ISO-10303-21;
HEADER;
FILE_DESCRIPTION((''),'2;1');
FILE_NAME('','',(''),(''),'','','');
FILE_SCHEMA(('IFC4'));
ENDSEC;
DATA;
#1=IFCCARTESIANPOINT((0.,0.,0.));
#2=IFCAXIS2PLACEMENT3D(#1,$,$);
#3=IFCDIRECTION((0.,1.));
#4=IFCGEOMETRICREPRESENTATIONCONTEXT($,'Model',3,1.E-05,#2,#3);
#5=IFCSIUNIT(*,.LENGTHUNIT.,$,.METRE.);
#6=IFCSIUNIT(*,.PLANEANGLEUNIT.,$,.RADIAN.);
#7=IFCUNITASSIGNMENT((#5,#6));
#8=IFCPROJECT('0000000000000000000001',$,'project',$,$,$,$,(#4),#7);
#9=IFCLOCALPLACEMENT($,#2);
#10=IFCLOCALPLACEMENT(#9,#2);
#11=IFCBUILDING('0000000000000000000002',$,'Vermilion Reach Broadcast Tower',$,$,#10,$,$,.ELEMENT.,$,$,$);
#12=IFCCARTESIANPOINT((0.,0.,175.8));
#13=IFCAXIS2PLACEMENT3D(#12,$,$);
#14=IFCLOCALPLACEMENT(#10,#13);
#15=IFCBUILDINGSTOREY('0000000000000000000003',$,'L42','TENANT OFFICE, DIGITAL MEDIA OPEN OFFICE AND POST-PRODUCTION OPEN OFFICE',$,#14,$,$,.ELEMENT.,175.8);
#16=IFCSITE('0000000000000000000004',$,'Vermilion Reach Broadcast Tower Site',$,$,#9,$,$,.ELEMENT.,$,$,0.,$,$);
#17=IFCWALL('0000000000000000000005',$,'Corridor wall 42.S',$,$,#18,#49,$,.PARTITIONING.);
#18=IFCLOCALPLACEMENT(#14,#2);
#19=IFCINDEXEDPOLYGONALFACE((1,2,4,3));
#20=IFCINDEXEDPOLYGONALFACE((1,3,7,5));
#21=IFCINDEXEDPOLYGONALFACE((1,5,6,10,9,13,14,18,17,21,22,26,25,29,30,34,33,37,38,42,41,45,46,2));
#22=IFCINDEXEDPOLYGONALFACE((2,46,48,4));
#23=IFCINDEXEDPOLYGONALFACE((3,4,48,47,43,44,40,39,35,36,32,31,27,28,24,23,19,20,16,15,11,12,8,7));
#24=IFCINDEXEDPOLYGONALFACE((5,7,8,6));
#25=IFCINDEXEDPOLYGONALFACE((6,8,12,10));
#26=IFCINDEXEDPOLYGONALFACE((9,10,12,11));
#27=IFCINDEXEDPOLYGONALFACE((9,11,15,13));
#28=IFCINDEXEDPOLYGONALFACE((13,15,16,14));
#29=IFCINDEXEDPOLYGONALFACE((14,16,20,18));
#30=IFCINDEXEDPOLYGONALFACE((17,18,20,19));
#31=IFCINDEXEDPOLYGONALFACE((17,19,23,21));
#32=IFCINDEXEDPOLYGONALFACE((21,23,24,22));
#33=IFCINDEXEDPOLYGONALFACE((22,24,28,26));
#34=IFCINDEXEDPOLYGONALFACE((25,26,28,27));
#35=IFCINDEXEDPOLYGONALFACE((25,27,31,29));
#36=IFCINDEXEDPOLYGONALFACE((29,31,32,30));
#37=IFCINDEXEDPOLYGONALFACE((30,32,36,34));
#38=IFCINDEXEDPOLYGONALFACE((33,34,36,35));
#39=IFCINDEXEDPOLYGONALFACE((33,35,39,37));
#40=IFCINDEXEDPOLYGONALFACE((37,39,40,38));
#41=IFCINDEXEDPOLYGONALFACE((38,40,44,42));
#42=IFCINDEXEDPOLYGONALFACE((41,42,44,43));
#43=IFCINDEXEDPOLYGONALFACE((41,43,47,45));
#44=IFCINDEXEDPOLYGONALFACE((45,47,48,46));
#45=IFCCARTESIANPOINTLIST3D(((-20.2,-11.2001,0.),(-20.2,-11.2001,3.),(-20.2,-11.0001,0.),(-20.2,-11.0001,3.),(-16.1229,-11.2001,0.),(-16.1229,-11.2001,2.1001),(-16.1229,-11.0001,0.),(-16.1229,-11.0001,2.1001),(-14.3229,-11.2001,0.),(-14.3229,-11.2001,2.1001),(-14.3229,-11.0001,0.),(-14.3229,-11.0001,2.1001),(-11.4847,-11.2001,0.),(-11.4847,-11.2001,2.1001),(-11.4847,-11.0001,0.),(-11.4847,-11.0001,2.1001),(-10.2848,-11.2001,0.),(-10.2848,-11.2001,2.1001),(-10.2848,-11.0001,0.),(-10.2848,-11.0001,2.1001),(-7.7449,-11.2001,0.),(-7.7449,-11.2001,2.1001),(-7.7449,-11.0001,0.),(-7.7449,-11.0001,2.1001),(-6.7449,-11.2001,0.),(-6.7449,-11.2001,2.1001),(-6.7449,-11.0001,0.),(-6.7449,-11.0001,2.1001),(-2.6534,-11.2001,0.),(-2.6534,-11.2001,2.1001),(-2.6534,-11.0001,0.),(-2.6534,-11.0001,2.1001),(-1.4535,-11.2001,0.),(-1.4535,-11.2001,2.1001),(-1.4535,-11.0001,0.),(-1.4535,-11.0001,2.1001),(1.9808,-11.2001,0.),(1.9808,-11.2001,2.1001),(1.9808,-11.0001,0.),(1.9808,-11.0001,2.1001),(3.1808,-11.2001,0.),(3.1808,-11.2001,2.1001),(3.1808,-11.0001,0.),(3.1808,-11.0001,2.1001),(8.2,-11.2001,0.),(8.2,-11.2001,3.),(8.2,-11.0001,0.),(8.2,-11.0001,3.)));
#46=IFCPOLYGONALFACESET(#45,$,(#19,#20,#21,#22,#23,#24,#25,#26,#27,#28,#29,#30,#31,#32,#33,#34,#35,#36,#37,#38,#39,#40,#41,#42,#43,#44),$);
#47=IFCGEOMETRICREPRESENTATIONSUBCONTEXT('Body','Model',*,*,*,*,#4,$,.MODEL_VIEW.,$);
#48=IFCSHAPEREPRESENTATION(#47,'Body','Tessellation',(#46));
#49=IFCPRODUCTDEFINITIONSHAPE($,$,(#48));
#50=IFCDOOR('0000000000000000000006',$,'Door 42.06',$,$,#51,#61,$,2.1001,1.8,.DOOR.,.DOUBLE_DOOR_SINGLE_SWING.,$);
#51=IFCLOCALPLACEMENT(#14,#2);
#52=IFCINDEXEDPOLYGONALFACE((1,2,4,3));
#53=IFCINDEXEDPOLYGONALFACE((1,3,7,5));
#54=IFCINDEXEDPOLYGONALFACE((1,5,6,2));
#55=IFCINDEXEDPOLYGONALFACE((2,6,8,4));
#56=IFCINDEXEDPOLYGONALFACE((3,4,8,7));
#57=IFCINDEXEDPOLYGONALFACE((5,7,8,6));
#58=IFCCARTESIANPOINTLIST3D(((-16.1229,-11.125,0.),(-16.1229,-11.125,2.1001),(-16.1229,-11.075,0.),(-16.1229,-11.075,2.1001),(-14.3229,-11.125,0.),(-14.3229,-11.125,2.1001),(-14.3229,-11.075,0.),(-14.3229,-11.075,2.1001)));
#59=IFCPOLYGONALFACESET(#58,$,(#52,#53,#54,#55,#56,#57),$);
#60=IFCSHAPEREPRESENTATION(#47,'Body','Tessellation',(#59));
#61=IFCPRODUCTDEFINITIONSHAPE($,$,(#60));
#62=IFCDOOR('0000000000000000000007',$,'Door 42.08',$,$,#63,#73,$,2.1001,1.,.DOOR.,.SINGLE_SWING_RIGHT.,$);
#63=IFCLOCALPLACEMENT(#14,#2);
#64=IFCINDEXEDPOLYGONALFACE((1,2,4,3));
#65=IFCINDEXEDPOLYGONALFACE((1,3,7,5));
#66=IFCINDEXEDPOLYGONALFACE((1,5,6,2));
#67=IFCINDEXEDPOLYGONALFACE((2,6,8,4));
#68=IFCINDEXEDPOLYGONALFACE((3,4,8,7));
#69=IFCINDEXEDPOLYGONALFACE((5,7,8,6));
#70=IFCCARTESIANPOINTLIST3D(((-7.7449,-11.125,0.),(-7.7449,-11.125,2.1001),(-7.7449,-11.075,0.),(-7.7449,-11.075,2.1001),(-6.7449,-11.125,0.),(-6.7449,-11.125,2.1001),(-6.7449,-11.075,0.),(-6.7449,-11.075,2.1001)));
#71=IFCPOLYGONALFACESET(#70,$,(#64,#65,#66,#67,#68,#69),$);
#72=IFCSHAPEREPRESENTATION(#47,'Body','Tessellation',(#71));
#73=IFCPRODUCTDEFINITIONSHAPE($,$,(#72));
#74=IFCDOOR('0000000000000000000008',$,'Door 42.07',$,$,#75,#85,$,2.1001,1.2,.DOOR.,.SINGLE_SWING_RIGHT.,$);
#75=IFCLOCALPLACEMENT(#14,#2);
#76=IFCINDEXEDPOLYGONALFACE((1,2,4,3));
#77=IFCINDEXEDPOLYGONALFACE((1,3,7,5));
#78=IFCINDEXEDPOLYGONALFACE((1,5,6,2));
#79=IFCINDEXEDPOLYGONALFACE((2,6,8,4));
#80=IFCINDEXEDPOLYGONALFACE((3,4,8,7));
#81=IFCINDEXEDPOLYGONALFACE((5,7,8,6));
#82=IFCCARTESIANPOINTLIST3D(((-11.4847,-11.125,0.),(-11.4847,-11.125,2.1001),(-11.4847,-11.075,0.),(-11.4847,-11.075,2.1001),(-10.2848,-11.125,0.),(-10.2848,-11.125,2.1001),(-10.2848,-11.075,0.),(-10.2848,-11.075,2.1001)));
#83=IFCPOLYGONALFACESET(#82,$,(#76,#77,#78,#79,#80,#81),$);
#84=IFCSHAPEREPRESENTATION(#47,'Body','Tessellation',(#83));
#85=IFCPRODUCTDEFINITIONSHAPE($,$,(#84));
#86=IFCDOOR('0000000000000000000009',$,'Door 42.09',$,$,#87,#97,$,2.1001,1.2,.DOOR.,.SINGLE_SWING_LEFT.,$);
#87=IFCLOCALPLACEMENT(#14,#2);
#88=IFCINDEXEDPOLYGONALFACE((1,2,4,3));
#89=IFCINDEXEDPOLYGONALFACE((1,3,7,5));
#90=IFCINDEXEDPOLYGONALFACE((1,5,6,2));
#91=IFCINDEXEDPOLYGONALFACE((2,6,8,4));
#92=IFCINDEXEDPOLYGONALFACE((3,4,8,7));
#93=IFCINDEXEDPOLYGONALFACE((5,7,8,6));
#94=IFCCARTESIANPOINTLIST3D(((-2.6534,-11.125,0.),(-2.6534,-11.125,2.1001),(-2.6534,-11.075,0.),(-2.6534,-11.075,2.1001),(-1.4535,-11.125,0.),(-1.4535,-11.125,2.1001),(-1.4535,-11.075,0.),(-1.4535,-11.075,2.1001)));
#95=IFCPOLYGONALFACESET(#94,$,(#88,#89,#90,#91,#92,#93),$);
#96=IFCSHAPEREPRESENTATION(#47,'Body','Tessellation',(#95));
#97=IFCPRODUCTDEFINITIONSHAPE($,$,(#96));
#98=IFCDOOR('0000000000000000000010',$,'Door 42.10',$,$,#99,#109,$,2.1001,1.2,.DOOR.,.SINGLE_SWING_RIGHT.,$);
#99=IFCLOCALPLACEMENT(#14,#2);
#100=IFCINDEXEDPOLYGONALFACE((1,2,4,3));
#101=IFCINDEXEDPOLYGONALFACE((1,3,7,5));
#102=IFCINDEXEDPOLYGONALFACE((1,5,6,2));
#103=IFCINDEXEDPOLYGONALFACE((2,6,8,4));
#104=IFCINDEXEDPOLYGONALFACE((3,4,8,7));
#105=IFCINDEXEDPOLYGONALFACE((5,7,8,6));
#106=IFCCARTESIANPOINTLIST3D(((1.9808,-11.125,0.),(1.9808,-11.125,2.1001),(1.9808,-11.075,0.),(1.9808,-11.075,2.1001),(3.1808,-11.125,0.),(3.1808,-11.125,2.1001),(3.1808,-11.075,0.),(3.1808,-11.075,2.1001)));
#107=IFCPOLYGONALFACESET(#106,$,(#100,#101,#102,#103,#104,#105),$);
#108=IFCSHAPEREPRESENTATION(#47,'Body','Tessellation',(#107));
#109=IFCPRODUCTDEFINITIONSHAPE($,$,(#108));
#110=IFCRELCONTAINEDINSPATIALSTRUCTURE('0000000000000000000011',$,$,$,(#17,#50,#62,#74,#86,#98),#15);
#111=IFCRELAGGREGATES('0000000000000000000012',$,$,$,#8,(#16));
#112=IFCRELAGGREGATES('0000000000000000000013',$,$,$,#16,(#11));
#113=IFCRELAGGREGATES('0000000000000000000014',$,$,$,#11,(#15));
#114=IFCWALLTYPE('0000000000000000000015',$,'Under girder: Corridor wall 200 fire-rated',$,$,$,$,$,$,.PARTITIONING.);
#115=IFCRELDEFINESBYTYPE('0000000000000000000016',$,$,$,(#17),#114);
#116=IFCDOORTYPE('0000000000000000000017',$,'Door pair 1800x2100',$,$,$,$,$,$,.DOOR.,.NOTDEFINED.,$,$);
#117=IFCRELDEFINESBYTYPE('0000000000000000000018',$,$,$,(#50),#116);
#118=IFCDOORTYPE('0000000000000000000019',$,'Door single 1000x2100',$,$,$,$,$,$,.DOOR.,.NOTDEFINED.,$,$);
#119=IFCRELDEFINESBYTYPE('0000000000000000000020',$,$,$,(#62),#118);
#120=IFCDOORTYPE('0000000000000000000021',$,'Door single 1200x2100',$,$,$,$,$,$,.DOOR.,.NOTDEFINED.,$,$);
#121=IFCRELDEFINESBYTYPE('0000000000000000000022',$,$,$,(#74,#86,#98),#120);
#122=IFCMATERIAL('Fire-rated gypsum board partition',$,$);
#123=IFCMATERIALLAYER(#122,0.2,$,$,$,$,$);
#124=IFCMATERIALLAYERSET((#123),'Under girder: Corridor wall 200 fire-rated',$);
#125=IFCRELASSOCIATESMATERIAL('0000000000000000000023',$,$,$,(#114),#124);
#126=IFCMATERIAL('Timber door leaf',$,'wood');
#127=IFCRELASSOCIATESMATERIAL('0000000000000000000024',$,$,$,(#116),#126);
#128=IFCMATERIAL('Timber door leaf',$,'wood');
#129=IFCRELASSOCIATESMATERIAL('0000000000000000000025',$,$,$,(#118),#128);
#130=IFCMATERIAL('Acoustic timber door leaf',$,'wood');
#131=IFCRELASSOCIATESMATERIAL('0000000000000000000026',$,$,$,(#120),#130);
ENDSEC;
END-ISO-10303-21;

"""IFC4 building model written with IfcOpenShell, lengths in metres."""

from ifc_helpers import new_model, si_unit, direction, frame, frame_2d, origin, place, context, subcontext, project, spatial, rectangle, extrude, material, layer, layer_set, type_object, element, fill, save


model = new_model("IFC4")

# Units and contexts
model_context = context("Model", 3, precision=1e-05, world=origin(), true_north=direction((0.0, 1.0)))
body_context = subcontext(model_context, "Body", "Model", "MODEL_VIEW")
ifc_project = project(units=[si_unit("LENGTHUNIT", "METRE"), si_unit("PLANEANGLEUNIT", "RADIAN")], contexts=[model_context])

# Site, building, storey
site_placement = place(None, origin())
site = spatial("IfcSite", under=ifc_project, at=site_placement, Name="Vermilion Reach Broadcast Tower Site", CompositionType="ELEMENT", RefElevation=0.0)
building_placement = place(site_placement, origin())
building = spatial("IfcBuilding", under=site, at=building_placement, Name="Vermilion Reach Broadcast Tower", CompositionType="ELEMENT")
storey_placement = place(building_placement, frame((0.0, 0.0, 175.8)))
storey = spatial("IfcBuildingStorey", under=building, at=storey_placement, Name="L42", Description="TENANT OFFICE, DIGITAL MEDIA OPEN OFFICE AND POST-PRODUCTION OPEN OFFICE", CompositionType="ELEMENT", Elevation=175.8)

# Wall, openings, doors
ifc_material_1 = material(Name="Fire-rated gypsum board partition")
ifc_layer_1 = layer(ifc_material_1, 0.2)
ifc_layer_set_1 = layer_set([ifc_layer_1], Name="Under girder: Corridor wall 200 fire-rated")
wall_type_1 = type_object("IfcWallType", Name="Under girder: Corridor wall 200 fire-rated", PredefinedType="PARTITIONING", material=ifc_layer_set_1)
wall_1_placement = place(storey_placement, frame((8.2, -11.1001, 0.0), z_axis=(0.0, 0.0, 1.0), x_axis=(-1.0, 0.0, 0.0)))
wall_1 = element("IfcWall", 1, at=wall_1_placement, inside=storey, type_object=wall_type_1, Name="Corridor wall 42.S", PredefinedType="PARTITIONING", context=body_context, shape_type="SweptSolid", body=[
    extrude(rectangle(XDim=28.3999, YDim=0.2, at=frame_2d((14.2, 0.0))), origin(), (0.0, 0.0, 1.0), 3.0),
])
opening_1_placement = place(wall_1_placement, frame((22.5229, 0.0, 0.0)))
opening_1 = element("IfcOpeningElement", 2, at=opening_1_placement, cuts=wall_1, PredefinedType="OPENING", context=body_context, shape_type="SweptSolid", body=[
    extrude(rectangle(XDim=1.8, YDim=2.1001, at=frame_2d((0.8999, 1.05))), frame((0.0, 0.1099, 0.0), z_axis=(0.0, -1.0, 0.0), x_axis=(1.0, 0.0, 0.0)), (0.0, 0.0, 1.0), 0.22),
])
opening_2_placement = place(wall_1_placement, frame((18.4846, 0.0, 0.0)))
opening_2 = element("IfcOpeningElement", 3, at=opening_2_placement, cuts=wall_1, PredefinedType="OPENING", context=body_context, shape_type="SweptSolid", body=[
    extrude(rectangle(XDim=1.2, YDim=2.1001, at=frame_2d((0.6001, 1.05))), frame((0.0, 0.1099, 0.0), z_axis=(0.0, -1.0, 0.0), x_axis=(1.0, 0.0, 0.0)), (0.0, 0.0, 1.0), 0.22),
])
opening_3_placement = place(wall_1_placement, frame((14.9448, 0.0, 0.0)))
opening_3 = element("IfcOpeningElement", 4, at=opening_3_placement, cuts=wall_1, PredefinedType="OPENING", context=body_context, shape_type="SweptSolid", body=[
    extrude(rectangle(XDim=1.0, YDim=2.1001, at=frame_2d((0.5, 1.05))), frame((0.0, 0.1099, 0.0), z_axis=(0.0, -1.0, 0.0), x_axis=(1.0, 0.0, 0.0)), (0.0, 0.0, 1.0), 0.22),
])
opening_4_placement = place(wall_1_placement, frame((9.6533, 0.0, 0.0)))
opening_4 = element("IfcOpeningElement", 5, at=opening_4_placement, cuts=wall_1, PredefinedType="OPENING", context=body_context, shape_type="SweptSolid", body=[
    extrude(rectangle(XDim=1.2, YDim=2.1001, at=frame_2d((0.6001, 1.05))), frame((0.0, 0.1099, 0.0), z_axis=(0.0, -1.0, 0.0), x_axis=(1.0, 0.0, 0.0)), (0.0, 0.0, 1.0), 0.22),
])
opening_5_placement = place(wall_1_placement, frame((5.019, 0.0, 0.0)))
opening_5 = element("IfcOpeningElement", 6, at=opening_5_placement, cuts=wall_1, PredefinedType="OPENING", context=body_context, shape_type="SweptSolid", body=[
    extrude(rectangle(XDim=1.2, YDim=2.1001, at=frame_2d((0.6001, 1.05))), frame((0.0, 0.1099, 0.0), z_axis=(0.0, -1.0, 0.0), x_axis=(1.0, 0.0, 0.0)), (0.0, 0.0, 1.0), 0.22),
])
ifc_material_2 = material(Name="Timber door leaf", Category="wood")
door_type_1 = type_object("IfcDoorType", Name="Door pair 1800x2100", OperationType="NOTDEFINED", PredefinedType="DOOR", material=ifc_material_2)
door_1_placement = place(opening_1_placement, origin())
door_1 = element("IfcDoor", 7, at=door_1_placement, inside=storey, type_object=door_type_1, Name="Door 42.06", OperationType="DOUBLE_DOOR_SINGLE_SWING", OverallHeight=2.1001, OverallWidth=1.8, PredefinedType="DOOR", context=body_context, shape_type="SweptSolid", body=[
    extrude(rectangle(XDim=1.8, YDim=2.1001, at=frame_2d((0.8999, 1.05))), frame((0.0, 0.0249, 0.0), z_axis=(0.0, -1.0, 0.0), x_axis=(1.0, 0.0, 0.0)), (0.0, 0.0, 1.0), 0.05),
])
fill(opening_1, door_1)
ifc_material_3 = material(Name="Timber door leaf", Category="wood")
door_type_2 = type_object("IfcDoorType", Name="Door single 1000x2100", OperationType="NOTDEFINED", PredefinedType="DOOR", material=ifc_material_3)
door_2_placement = place(opening_3_placement, origin())
door_2 = element("IfcDoor", 8, at=door_2_placement, inside=storey, type_object=door_type_2, Name="Door 42.08", OperationType="SINGLE_SWING_RIGHT", OverallHeight=2.1001, OverallWidth=1.0, PredefinedType="DOOR", context=body_context, shape_type="SweptSolid", body=[
    extrude(rectangle(XDim=1.0, YDim=2.1001, at=frame_2d((0.5, 1.05))), frame((0.0, 0.0249, 0.0), z_axis=(0.0, -1.0, 0.0), x_axis=(1.0, 0.0, 0.0)), (0.0, 0.0, 1.0), 0.05),
])
fill(opening_3, door_2)
ifc_material_4 = material(Name="Acoustic timber door leaf", Category="wood")
door_type_3 = type_object("IfcDoorType", Name="Door single 1200x2100", OperationType="NOTDEFINED", PredefinedType="DOOR", material=ifc_material_4)
door_3_placement = place(opening_2_placement, origin())
door_3 = element("IfcDoor", 9, at=door_3_placement, inside=storey, type_object=door_type_3, Name="Door 42.07", OperationType="SINGLE_SWING_RIGHT", OverallHeight=2.1001, OverallWidth=1.2, PredefinedType="DOOR", context=body_context, shape_type="SweptSolid", body=[
    extrude(rectangle(XDim=1.2, YDim=2.1001, at=frame_2d((0.6001, 1.05))), frame((0.0, 0.0249, 0.0), z_axis=(0.0, -1.0, 0.0), x_axis=(1.0, 0.0, 0.0)), (0.0, 0.0, 1.0), 0.05),
])
fill(opening_2, door_3)
door_4_placement = place(opening_4_placement, origin())
door_4 = element("IfcDoor", 10, at=door_4_placement, inside=storey, type_object=door_type_3, Name="Door 42.09", OperationType="SINGLE_SWING_LEFT", OverallHeight=2.1001, OverallWidth=1.2, PredefinedType="DOOR", context=body_context, shape_type="SweptSolid", body=[
    extrude(rectangle(XDim=1.2, YDim=2.1001, at=frame_2d((0.6001, 1.05))), frame((0.0, 0.0249, 0.0), z_axis=(0.0, -1.0, 0.0), x_axis=(1.0, 0.0, 0.0)), (0.0, 0.0, 1.0), 0.05),
])
fill(opening_4, door_4)
door_5_placement = place(opening_5_placement, origin())
door_5 = element("IfcDoor", 11, at=door_5_placement, inside=storey, type_object=door_type_3, Name="Door 42.10", OperationType="SINGLE_SWING_RIGHT", OverallHeight=2.1001, OverallWidth=1.2, PredefinedType="DOOR", context=body_context, shape_type="SweptSolid", body=[
    extrude(rectangle(XDim=1.2, YDim=2.1001, at=frame_2d((0.6001, 1.05))), frame((0.0, 0.0249, 0.0), z_axis=(0.0, -1.0, 0.0), x_axis=(1.0, 0.0, 0.0)), (0.0, 0.0, 1.0), 0.05),
])
fill(opening_5, door_5)

save(model, "model.ifc")
